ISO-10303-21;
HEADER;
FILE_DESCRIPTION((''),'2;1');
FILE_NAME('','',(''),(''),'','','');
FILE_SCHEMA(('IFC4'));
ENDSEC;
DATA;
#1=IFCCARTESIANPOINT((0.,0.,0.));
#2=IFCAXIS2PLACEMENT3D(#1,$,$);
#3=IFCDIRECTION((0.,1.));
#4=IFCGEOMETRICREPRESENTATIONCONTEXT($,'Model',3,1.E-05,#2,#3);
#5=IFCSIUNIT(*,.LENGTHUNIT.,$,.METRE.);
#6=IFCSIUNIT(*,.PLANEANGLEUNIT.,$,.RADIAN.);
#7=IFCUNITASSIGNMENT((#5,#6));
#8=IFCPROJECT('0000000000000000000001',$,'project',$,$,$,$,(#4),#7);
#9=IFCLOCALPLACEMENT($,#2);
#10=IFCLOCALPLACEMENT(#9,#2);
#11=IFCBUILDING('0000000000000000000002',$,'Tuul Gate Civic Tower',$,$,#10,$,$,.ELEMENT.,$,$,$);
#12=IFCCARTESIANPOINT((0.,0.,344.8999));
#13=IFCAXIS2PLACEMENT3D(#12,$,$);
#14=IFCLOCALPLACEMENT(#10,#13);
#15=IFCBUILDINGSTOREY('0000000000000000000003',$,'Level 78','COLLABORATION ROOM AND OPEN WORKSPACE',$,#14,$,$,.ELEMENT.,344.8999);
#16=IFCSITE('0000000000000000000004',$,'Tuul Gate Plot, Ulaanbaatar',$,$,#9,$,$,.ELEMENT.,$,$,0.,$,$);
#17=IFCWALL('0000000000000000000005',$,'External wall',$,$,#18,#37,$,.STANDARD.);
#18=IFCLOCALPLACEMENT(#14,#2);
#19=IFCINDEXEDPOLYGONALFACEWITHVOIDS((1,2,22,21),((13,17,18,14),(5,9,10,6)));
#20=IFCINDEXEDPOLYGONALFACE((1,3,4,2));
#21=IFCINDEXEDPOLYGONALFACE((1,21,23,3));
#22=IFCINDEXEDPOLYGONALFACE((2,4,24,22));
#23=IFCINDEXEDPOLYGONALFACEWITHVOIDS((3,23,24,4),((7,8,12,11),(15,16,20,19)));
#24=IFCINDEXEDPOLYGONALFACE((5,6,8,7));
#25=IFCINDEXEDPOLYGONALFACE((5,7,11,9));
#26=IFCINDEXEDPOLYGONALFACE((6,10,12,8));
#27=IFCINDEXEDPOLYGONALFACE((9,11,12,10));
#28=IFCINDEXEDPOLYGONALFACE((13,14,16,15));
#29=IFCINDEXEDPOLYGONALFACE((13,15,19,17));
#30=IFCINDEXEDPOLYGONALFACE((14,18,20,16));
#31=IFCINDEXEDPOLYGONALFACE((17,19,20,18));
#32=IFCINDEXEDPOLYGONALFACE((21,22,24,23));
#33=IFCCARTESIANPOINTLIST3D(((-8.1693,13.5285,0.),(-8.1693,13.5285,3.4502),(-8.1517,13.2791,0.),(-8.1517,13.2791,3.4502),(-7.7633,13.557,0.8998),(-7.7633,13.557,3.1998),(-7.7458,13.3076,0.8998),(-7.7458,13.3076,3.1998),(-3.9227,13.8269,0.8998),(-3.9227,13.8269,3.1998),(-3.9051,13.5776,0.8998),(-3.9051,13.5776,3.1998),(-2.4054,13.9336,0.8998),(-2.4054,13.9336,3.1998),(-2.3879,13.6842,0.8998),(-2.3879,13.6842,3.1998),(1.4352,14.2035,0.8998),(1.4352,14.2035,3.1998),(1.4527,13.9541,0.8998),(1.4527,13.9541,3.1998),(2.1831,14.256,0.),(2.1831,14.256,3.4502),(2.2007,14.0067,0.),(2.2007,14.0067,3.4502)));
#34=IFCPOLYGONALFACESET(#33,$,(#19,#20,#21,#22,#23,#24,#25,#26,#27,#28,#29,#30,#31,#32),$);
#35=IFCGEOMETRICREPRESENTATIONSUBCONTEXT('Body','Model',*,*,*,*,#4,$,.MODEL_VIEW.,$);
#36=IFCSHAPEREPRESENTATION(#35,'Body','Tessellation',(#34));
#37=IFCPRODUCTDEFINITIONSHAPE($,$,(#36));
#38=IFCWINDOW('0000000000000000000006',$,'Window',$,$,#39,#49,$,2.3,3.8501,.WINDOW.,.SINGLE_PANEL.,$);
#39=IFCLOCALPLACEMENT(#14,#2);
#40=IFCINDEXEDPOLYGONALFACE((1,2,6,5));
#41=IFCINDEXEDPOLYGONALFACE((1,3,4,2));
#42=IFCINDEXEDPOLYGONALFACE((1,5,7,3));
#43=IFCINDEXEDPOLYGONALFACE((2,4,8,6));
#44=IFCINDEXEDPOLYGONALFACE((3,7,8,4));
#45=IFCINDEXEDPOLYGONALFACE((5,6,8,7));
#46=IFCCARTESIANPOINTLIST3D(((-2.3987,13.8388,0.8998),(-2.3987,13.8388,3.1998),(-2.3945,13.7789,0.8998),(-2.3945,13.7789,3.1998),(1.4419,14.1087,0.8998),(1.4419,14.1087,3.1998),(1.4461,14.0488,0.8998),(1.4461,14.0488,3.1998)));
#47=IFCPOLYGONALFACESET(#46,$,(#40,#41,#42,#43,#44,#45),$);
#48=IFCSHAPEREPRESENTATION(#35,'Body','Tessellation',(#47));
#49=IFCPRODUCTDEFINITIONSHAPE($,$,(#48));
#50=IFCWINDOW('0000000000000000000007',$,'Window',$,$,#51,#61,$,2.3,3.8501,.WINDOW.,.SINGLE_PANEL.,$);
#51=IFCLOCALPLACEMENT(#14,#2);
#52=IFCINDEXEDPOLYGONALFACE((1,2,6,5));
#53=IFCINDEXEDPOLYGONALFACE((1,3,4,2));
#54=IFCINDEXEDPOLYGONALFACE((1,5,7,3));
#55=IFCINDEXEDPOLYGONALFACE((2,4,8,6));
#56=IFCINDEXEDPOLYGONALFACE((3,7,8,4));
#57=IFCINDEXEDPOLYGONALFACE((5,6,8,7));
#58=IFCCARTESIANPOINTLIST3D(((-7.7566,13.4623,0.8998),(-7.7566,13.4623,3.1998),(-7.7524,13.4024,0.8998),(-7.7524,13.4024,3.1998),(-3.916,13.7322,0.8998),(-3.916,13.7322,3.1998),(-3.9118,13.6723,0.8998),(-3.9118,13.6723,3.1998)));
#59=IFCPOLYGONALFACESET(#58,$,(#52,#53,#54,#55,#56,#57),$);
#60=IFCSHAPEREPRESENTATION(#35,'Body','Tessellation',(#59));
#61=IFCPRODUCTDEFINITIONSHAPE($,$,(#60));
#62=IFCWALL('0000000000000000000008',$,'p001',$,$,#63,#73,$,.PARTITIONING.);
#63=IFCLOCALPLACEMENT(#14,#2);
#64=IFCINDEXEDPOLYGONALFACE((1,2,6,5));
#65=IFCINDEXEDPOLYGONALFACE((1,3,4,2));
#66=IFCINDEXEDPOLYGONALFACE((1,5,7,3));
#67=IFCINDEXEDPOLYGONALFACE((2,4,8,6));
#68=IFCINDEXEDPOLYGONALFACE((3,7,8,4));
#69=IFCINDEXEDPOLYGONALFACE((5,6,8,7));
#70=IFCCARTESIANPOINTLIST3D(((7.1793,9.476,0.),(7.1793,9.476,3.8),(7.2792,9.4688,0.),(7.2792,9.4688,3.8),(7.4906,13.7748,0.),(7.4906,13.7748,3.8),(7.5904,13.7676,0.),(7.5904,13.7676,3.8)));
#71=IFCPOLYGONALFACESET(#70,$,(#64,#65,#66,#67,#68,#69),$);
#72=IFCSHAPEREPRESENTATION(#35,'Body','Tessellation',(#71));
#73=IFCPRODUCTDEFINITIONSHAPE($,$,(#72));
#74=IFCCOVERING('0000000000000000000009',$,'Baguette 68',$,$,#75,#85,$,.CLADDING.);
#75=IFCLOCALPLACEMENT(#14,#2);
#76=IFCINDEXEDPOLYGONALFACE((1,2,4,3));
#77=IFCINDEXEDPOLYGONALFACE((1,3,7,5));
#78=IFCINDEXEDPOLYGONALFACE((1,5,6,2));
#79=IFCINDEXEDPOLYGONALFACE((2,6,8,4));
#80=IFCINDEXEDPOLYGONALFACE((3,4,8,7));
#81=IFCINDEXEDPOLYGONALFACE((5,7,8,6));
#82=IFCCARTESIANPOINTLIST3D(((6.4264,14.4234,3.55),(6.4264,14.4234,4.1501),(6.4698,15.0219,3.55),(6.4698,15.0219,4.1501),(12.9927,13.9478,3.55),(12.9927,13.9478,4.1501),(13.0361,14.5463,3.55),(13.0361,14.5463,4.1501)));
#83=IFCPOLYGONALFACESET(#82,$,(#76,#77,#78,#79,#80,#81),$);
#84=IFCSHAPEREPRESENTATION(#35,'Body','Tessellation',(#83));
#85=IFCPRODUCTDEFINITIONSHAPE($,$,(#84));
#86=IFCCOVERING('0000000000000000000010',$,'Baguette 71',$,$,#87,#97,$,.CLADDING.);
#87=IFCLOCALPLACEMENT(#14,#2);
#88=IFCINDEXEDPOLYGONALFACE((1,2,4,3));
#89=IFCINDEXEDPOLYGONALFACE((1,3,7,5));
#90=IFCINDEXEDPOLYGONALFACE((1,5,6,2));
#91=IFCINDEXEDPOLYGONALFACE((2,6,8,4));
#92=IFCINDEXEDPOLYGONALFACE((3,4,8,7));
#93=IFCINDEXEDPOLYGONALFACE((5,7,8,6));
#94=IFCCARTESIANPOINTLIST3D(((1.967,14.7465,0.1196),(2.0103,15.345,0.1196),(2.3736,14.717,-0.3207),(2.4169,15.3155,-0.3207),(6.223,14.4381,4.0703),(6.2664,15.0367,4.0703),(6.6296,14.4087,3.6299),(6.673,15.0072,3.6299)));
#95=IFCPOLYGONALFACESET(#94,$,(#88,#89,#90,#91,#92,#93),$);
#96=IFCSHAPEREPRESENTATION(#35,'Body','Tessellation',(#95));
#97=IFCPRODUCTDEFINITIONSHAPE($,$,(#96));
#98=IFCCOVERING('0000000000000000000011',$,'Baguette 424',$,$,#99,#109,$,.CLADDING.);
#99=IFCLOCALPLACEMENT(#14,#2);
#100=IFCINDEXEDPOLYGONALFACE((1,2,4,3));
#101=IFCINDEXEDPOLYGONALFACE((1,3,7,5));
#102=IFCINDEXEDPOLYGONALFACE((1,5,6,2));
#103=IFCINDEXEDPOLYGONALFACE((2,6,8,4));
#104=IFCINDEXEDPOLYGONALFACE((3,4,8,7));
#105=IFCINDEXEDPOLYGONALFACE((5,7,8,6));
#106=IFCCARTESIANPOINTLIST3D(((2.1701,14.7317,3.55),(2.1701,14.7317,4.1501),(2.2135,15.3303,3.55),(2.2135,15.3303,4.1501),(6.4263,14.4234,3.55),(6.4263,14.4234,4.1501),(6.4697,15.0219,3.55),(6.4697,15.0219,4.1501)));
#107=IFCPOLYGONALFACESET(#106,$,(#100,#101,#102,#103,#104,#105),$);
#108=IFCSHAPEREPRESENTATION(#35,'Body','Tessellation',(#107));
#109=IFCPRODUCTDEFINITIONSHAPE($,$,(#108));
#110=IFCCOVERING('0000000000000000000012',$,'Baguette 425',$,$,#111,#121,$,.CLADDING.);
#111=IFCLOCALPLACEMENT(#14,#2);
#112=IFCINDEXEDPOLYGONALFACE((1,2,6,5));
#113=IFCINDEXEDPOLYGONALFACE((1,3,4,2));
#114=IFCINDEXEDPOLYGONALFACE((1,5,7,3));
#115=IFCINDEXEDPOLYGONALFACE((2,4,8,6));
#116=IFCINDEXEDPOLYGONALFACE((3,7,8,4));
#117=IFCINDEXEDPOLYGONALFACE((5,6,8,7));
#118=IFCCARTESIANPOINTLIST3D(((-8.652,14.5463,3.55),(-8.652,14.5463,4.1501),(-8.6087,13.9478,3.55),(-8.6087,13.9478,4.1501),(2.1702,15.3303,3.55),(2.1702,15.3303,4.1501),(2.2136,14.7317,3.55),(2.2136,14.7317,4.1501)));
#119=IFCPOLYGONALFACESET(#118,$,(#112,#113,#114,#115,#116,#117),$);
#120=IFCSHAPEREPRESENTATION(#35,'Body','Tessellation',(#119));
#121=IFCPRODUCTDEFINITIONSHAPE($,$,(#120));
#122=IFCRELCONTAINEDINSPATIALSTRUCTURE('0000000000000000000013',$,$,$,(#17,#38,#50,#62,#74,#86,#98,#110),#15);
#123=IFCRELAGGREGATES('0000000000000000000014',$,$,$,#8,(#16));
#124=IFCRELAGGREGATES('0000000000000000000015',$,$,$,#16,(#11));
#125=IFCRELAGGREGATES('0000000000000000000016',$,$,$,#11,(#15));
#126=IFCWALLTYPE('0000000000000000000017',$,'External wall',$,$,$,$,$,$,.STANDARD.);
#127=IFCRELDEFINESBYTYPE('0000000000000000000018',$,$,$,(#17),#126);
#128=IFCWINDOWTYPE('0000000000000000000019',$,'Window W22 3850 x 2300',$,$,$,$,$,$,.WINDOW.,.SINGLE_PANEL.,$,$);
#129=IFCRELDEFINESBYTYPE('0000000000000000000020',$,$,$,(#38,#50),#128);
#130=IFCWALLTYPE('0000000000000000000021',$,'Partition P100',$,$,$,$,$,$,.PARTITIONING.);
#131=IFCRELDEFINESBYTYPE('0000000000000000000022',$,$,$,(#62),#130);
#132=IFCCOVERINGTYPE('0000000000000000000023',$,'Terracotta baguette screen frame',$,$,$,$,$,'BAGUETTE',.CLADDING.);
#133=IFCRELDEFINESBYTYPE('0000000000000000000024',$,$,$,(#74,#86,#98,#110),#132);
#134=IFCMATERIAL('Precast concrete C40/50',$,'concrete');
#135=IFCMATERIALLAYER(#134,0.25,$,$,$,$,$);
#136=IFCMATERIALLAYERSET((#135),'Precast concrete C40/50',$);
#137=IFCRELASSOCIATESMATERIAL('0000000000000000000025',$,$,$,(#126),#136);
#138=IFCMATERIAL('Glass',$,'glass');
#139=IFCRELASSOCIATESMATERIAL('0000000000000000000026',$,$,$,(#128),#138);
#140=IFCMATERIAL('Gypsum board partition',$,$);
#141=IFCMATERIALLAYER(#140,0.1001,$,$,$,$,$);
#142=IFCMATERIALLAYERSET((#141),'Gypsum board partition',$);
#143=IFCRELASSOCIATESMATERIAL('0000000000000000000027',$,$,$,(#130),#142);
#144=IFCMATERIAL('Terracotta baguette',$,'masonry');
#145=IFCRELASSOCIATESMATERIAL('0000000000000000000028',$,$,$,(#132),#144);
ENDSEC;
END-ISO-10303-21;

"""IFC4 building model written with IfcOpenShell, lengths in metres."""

from ifc_helpers import new_model, si_unit, direction, frame, frame_2d, origin, origin_2d, place, context, subcontext, project, spatial, rectangle, extrude, material, layer, layer_set, material_profile, profile_set, type_object, element, fill, save


model = new_model("IFC4")

# Units and contexts
model_context = context("Model", 3, precision=1e-05, world=origin(), true_north=direction((0.0, 1.0)))
body_context = subcontext(model_context, "Body", "Model", "MODEL_VIEW")
ifc_project = project(units=[si_unit("LENGTHUNIT", "METRE"), si_unit("PLANEANGLEUNIT", "RADIAN")], contexts=[model_context])

# Site, building, storey
site_placement = place(None, origin())
site = spatial("IfcSite", under=ifc_project, at=site_placement, Name="Tuul Gate Plot, Ulaanbaatar", CompositionType="ELEMENT", RefElevation=0.0)
building_placement = place(site_placement, origin())
building = spatial("IfcBuilding", under=site, at=building_placement, Name="Tuul Gate Civic Tower", CompositionType="ELEMENT")
storey_placement = place(building_placement, frame((0.0, 0.0, 344.8999)))
storey = spatial("IfcBuildingStorey", under=building, at=storey_placement, Name="Level 78", Description="COLLABORATION ROOM AND OPEN WORKSPACE", CompositionType="ELEMENT", Elevation=344.8999)

# Wall, openings, windows
ifc_material_1 = material(Name="Precast concrete C40/50", Category="concrete")
ifc_layer_1 = layer(ifc_material_1, 0.25)
ifc_layer_set_1 = layer_set([ifc_layer_1], Name="Precast concrete C40/50")
wall_type_1 = type_object("IfcWallType", Name="External wall", PredefinedType="STANDARD", material=ifc_layer_set_1)
ifc_material_2 = material(Name="Glass", Category="glass")
window_type = type_object("IfcWindowType", Name="Window W22 3850 x 2300", PartitioningType="SINGLE_PANEL", PredefinedType="WINDOW", material=ifc_material_2)
wall_1_placement = place(storey_placement, frame((2.1919, 14.1313, 0.0), z_axis=(0.0, 0.0, 1.0), x_axis=(-0.99754, -0.070105, 0.0)))
wall_1 = element("IfcWall", 1, at=wall_1_placement, inside=storey, type_object=wall_type_1, Name="External wall", PredefinedType="STANDARD", context=body_context, shape_type="SweptSolid", body=[
    extrude(rectangle(XDim=10.3779, YDim=0.25, at=frame_2d((5.189, 0.0))), origin(), (0.0, 0.0, 1.0), 3.4502),
])
opening_1_placement = place(wall_1_placement, frame((0.7498, 0.0, 0.8999)))
opening_1 = element("IfcOpeningElement", 2, at=opening_1_placement, cuts=wall_1, PredefinedType="OPENING", context=body_context, shape_type="SweptSolid", body=[
    extrude(rectangle(XDim=3.8501, YDim=2.3, at=frame_2d((1.925, 1.1499))), frame((0.0, 0.135, 0.0), z_axis=(0.0, -1.0, 0.0), x_axis=(1.0, 0.0, 0.0)), (0.0, 0.0, 1.0), 0.27),
])
opening_2_placement = place(wall_1_placement, frame((6.1208, 0.0, 0.8999)))
opening_2 = element("IfcOpeningElement", 3, at=opening_2_placement, cuts=wall_1, PredefinedType="OPENING", context=body_context, shape_type="SweptSolid", body=[
    extrude(rectangle(XDim=3.8501, YDim=2.3, at=frame_2d((1.925, 1.1499))), frame((0.0, 0.135, 0.0), z_axis=(0.0, -1.0, 0.0), x_axis=(1.0, 0.0, 0.0)), (0.0, 0.0, 1.0), 0.27),
])
window_1_placement = place(opening_1_placement, origin())
window_1 = element("IfcWindow", 4, at=window_1_placement, inside=storey, type_object=window_type, Name="Window", OverallHeight=2.3, OverallWidth=3.8501, PartitioningType="SINGLE_PANEL", PredefinedType="WINDOW", context=body_context, shape_type="SweptSolid", body=[
    extrude(rectangle(XDim=3.8501, YDim=2.3, at=frame_2d((1.925, 1.1499))), frame((0.0, 0.03, 0.0), z_axis=(0.0, -1.0, 0.0), x_axis=(1.0, 0.0, 0.0)), (0.0, 0.0, 1.0), 0.0601),
])
fill(opening_1, window_1)
window_2_placement = place(opening_2_placement, origin())
window_2 = element("IfcWindow", 5, at=window_2_placement, inside=storey, type_object=window_type, Name="Window", OverallHeight=2.3, OverallWidth=3.8501, PartitioningType="SINGLE_PANEL", PredefinedType="WINDOW", context=body_context, shape_type="SweptSolid", body=[
    extrude(rectangle(XDim=3.8501, YDim=2.3, at=frame_2d((1.925, 1.1499))), frame((0.0, 0.03, 0.0), z_axis=(0.0, -1.0, 0.0), x_axis=(1.0, 0.0, 0.0)), (0.0, 0.0, 1.0), 0.0601),
])
fill(opening_2, window_2)

# Wall
ifc_material_3 = material(Name="Gypsum board partition")
ifc_layer_2 = layer(ifc_material_3, 0.1001)
ifc_layer_set_2 = layer_set([ifc_layer_2], Name="Gypsum board partition")
wall_type_2 = type_object("IfcWallType", Name="Partition P100", PredefinedType="PARTITIONING", material=ifc_layer_set_2)
wall_2_placement = place(storey_placement, frame((7.2292, 9.4724, 0.0), z_axis=(0.0, 0.0, 1.0), x_axis=(0.072221, 0.997389, 0.0)))
element("IfcWall", 6, at=wall_2_placement, inside=storey, type_object=wall_type_2, Name="p001", PredefinedType="PARTITIONING", context=body_context, shape_type="SweptSolid", body=[
    extrude(rectangle(XDim=4.3101, YDim=0.1001, at=frame_2d((2.155, 0.0))), origin(), (0.0, 0.0, 1.0), 3.8),
])

# Coverings
ifc_material_4 = material(Name="Terracotta baguette", Category="masonry")
ifc_material_profile_1 = material_profile(ifc_material_4, rectangle(XDim=0.6001, YDim=0.6001, at=origin_2d()), Name="Terracotta baguette screen frame")
ifc_profile_set_1 = profile_set([ifc_material_profile_1], Name="Terracotta baguette")
covering_type = type_object("IfcCoveringType", Name="Terracotta baguette screen frame", ElementType="BAGUETTE", PredefinedType="CLADDING", material=ifc_profile_set_1)
covering_1_placement = place(storey_placement, frame((13.0144, 14.2471, 3.8501), z_axis=(-0.997387, 0.072238, 0.0), x_axis=(-0.072238, -0.997387, 0.0)))
element("IfcCovering", 7, at=covering_1_placement, inside=storey, type_object=covering_type, Name="Baguette 68", PredefinedType="CLADDING", context=body_context, shape_type="SweptSolid", body=[
    extrude(rectangle(XDim=0.6001, YDim=0.6001, at=origin_2d()), origin(), (0.0, 0.0, 1.0), 6.5835),
])
covering_2_placement = place(storey_placement, frame((6.448, 14.7227, 3.8501), z_axis=(-0.731884, 0.053024, -0.679363), x_axis=(-0.072259, -0.997386, 0.0)))
element("IfcCovering", 8, at=covering_2_placement, inside=storey, type_object=covering_type, Name="Baguette 71", PredefinedType="CLADDING", context=body_context, shape_type="SweptSolid", body=[
    extrude(rectangle(XDim=0.6001, YDim=0.6001, at=origin_2d()), origin(), (0.0, 0.0, 1.0), 5.8152),
])
covering_3_placement = place(storey_placement, frame((6.448, 14.7227, 3.8501), z_axis=(-0.997386, 0.072259, 0.0), x_axis=(-0.072259, -0.997386, 0.0)))
element("IfcCovering", 9, at=covering_3_placement, inside=storey, type_object=covering_type, Name="Baguette 424", PredefinedType="CLADDING", context=body_context, shape_type="SweptSolid", body=[
    extrude(rectangle(XDim=0.6001, YDim=0.6001, at=origin_2d()), origin(), (0.0, 0.0, 1.0), 4.2673),
])
covering_4_placement = place(storey_placement, frame((2.1919, 15.031, 3.8501), z_axis=(-0.997387, -0.072248, 0.0), x_axis=(0.072248, -0.997387, 0.0)))
element("IfcCovering", 10, at=covering_4_placement, inside=storey, type_object=covering_type, Name="Baguette 425", PredefinedType="CLADDING", context=body_context, shape_type="SweptSolid", body=[
    extrude(rectangle(XDim=0.6001, YDim=0.6001, at=origin_2d()), origin(), (0.0, 0.0, 1.0), 10.8506),
])

save(model, "model.ifc")
